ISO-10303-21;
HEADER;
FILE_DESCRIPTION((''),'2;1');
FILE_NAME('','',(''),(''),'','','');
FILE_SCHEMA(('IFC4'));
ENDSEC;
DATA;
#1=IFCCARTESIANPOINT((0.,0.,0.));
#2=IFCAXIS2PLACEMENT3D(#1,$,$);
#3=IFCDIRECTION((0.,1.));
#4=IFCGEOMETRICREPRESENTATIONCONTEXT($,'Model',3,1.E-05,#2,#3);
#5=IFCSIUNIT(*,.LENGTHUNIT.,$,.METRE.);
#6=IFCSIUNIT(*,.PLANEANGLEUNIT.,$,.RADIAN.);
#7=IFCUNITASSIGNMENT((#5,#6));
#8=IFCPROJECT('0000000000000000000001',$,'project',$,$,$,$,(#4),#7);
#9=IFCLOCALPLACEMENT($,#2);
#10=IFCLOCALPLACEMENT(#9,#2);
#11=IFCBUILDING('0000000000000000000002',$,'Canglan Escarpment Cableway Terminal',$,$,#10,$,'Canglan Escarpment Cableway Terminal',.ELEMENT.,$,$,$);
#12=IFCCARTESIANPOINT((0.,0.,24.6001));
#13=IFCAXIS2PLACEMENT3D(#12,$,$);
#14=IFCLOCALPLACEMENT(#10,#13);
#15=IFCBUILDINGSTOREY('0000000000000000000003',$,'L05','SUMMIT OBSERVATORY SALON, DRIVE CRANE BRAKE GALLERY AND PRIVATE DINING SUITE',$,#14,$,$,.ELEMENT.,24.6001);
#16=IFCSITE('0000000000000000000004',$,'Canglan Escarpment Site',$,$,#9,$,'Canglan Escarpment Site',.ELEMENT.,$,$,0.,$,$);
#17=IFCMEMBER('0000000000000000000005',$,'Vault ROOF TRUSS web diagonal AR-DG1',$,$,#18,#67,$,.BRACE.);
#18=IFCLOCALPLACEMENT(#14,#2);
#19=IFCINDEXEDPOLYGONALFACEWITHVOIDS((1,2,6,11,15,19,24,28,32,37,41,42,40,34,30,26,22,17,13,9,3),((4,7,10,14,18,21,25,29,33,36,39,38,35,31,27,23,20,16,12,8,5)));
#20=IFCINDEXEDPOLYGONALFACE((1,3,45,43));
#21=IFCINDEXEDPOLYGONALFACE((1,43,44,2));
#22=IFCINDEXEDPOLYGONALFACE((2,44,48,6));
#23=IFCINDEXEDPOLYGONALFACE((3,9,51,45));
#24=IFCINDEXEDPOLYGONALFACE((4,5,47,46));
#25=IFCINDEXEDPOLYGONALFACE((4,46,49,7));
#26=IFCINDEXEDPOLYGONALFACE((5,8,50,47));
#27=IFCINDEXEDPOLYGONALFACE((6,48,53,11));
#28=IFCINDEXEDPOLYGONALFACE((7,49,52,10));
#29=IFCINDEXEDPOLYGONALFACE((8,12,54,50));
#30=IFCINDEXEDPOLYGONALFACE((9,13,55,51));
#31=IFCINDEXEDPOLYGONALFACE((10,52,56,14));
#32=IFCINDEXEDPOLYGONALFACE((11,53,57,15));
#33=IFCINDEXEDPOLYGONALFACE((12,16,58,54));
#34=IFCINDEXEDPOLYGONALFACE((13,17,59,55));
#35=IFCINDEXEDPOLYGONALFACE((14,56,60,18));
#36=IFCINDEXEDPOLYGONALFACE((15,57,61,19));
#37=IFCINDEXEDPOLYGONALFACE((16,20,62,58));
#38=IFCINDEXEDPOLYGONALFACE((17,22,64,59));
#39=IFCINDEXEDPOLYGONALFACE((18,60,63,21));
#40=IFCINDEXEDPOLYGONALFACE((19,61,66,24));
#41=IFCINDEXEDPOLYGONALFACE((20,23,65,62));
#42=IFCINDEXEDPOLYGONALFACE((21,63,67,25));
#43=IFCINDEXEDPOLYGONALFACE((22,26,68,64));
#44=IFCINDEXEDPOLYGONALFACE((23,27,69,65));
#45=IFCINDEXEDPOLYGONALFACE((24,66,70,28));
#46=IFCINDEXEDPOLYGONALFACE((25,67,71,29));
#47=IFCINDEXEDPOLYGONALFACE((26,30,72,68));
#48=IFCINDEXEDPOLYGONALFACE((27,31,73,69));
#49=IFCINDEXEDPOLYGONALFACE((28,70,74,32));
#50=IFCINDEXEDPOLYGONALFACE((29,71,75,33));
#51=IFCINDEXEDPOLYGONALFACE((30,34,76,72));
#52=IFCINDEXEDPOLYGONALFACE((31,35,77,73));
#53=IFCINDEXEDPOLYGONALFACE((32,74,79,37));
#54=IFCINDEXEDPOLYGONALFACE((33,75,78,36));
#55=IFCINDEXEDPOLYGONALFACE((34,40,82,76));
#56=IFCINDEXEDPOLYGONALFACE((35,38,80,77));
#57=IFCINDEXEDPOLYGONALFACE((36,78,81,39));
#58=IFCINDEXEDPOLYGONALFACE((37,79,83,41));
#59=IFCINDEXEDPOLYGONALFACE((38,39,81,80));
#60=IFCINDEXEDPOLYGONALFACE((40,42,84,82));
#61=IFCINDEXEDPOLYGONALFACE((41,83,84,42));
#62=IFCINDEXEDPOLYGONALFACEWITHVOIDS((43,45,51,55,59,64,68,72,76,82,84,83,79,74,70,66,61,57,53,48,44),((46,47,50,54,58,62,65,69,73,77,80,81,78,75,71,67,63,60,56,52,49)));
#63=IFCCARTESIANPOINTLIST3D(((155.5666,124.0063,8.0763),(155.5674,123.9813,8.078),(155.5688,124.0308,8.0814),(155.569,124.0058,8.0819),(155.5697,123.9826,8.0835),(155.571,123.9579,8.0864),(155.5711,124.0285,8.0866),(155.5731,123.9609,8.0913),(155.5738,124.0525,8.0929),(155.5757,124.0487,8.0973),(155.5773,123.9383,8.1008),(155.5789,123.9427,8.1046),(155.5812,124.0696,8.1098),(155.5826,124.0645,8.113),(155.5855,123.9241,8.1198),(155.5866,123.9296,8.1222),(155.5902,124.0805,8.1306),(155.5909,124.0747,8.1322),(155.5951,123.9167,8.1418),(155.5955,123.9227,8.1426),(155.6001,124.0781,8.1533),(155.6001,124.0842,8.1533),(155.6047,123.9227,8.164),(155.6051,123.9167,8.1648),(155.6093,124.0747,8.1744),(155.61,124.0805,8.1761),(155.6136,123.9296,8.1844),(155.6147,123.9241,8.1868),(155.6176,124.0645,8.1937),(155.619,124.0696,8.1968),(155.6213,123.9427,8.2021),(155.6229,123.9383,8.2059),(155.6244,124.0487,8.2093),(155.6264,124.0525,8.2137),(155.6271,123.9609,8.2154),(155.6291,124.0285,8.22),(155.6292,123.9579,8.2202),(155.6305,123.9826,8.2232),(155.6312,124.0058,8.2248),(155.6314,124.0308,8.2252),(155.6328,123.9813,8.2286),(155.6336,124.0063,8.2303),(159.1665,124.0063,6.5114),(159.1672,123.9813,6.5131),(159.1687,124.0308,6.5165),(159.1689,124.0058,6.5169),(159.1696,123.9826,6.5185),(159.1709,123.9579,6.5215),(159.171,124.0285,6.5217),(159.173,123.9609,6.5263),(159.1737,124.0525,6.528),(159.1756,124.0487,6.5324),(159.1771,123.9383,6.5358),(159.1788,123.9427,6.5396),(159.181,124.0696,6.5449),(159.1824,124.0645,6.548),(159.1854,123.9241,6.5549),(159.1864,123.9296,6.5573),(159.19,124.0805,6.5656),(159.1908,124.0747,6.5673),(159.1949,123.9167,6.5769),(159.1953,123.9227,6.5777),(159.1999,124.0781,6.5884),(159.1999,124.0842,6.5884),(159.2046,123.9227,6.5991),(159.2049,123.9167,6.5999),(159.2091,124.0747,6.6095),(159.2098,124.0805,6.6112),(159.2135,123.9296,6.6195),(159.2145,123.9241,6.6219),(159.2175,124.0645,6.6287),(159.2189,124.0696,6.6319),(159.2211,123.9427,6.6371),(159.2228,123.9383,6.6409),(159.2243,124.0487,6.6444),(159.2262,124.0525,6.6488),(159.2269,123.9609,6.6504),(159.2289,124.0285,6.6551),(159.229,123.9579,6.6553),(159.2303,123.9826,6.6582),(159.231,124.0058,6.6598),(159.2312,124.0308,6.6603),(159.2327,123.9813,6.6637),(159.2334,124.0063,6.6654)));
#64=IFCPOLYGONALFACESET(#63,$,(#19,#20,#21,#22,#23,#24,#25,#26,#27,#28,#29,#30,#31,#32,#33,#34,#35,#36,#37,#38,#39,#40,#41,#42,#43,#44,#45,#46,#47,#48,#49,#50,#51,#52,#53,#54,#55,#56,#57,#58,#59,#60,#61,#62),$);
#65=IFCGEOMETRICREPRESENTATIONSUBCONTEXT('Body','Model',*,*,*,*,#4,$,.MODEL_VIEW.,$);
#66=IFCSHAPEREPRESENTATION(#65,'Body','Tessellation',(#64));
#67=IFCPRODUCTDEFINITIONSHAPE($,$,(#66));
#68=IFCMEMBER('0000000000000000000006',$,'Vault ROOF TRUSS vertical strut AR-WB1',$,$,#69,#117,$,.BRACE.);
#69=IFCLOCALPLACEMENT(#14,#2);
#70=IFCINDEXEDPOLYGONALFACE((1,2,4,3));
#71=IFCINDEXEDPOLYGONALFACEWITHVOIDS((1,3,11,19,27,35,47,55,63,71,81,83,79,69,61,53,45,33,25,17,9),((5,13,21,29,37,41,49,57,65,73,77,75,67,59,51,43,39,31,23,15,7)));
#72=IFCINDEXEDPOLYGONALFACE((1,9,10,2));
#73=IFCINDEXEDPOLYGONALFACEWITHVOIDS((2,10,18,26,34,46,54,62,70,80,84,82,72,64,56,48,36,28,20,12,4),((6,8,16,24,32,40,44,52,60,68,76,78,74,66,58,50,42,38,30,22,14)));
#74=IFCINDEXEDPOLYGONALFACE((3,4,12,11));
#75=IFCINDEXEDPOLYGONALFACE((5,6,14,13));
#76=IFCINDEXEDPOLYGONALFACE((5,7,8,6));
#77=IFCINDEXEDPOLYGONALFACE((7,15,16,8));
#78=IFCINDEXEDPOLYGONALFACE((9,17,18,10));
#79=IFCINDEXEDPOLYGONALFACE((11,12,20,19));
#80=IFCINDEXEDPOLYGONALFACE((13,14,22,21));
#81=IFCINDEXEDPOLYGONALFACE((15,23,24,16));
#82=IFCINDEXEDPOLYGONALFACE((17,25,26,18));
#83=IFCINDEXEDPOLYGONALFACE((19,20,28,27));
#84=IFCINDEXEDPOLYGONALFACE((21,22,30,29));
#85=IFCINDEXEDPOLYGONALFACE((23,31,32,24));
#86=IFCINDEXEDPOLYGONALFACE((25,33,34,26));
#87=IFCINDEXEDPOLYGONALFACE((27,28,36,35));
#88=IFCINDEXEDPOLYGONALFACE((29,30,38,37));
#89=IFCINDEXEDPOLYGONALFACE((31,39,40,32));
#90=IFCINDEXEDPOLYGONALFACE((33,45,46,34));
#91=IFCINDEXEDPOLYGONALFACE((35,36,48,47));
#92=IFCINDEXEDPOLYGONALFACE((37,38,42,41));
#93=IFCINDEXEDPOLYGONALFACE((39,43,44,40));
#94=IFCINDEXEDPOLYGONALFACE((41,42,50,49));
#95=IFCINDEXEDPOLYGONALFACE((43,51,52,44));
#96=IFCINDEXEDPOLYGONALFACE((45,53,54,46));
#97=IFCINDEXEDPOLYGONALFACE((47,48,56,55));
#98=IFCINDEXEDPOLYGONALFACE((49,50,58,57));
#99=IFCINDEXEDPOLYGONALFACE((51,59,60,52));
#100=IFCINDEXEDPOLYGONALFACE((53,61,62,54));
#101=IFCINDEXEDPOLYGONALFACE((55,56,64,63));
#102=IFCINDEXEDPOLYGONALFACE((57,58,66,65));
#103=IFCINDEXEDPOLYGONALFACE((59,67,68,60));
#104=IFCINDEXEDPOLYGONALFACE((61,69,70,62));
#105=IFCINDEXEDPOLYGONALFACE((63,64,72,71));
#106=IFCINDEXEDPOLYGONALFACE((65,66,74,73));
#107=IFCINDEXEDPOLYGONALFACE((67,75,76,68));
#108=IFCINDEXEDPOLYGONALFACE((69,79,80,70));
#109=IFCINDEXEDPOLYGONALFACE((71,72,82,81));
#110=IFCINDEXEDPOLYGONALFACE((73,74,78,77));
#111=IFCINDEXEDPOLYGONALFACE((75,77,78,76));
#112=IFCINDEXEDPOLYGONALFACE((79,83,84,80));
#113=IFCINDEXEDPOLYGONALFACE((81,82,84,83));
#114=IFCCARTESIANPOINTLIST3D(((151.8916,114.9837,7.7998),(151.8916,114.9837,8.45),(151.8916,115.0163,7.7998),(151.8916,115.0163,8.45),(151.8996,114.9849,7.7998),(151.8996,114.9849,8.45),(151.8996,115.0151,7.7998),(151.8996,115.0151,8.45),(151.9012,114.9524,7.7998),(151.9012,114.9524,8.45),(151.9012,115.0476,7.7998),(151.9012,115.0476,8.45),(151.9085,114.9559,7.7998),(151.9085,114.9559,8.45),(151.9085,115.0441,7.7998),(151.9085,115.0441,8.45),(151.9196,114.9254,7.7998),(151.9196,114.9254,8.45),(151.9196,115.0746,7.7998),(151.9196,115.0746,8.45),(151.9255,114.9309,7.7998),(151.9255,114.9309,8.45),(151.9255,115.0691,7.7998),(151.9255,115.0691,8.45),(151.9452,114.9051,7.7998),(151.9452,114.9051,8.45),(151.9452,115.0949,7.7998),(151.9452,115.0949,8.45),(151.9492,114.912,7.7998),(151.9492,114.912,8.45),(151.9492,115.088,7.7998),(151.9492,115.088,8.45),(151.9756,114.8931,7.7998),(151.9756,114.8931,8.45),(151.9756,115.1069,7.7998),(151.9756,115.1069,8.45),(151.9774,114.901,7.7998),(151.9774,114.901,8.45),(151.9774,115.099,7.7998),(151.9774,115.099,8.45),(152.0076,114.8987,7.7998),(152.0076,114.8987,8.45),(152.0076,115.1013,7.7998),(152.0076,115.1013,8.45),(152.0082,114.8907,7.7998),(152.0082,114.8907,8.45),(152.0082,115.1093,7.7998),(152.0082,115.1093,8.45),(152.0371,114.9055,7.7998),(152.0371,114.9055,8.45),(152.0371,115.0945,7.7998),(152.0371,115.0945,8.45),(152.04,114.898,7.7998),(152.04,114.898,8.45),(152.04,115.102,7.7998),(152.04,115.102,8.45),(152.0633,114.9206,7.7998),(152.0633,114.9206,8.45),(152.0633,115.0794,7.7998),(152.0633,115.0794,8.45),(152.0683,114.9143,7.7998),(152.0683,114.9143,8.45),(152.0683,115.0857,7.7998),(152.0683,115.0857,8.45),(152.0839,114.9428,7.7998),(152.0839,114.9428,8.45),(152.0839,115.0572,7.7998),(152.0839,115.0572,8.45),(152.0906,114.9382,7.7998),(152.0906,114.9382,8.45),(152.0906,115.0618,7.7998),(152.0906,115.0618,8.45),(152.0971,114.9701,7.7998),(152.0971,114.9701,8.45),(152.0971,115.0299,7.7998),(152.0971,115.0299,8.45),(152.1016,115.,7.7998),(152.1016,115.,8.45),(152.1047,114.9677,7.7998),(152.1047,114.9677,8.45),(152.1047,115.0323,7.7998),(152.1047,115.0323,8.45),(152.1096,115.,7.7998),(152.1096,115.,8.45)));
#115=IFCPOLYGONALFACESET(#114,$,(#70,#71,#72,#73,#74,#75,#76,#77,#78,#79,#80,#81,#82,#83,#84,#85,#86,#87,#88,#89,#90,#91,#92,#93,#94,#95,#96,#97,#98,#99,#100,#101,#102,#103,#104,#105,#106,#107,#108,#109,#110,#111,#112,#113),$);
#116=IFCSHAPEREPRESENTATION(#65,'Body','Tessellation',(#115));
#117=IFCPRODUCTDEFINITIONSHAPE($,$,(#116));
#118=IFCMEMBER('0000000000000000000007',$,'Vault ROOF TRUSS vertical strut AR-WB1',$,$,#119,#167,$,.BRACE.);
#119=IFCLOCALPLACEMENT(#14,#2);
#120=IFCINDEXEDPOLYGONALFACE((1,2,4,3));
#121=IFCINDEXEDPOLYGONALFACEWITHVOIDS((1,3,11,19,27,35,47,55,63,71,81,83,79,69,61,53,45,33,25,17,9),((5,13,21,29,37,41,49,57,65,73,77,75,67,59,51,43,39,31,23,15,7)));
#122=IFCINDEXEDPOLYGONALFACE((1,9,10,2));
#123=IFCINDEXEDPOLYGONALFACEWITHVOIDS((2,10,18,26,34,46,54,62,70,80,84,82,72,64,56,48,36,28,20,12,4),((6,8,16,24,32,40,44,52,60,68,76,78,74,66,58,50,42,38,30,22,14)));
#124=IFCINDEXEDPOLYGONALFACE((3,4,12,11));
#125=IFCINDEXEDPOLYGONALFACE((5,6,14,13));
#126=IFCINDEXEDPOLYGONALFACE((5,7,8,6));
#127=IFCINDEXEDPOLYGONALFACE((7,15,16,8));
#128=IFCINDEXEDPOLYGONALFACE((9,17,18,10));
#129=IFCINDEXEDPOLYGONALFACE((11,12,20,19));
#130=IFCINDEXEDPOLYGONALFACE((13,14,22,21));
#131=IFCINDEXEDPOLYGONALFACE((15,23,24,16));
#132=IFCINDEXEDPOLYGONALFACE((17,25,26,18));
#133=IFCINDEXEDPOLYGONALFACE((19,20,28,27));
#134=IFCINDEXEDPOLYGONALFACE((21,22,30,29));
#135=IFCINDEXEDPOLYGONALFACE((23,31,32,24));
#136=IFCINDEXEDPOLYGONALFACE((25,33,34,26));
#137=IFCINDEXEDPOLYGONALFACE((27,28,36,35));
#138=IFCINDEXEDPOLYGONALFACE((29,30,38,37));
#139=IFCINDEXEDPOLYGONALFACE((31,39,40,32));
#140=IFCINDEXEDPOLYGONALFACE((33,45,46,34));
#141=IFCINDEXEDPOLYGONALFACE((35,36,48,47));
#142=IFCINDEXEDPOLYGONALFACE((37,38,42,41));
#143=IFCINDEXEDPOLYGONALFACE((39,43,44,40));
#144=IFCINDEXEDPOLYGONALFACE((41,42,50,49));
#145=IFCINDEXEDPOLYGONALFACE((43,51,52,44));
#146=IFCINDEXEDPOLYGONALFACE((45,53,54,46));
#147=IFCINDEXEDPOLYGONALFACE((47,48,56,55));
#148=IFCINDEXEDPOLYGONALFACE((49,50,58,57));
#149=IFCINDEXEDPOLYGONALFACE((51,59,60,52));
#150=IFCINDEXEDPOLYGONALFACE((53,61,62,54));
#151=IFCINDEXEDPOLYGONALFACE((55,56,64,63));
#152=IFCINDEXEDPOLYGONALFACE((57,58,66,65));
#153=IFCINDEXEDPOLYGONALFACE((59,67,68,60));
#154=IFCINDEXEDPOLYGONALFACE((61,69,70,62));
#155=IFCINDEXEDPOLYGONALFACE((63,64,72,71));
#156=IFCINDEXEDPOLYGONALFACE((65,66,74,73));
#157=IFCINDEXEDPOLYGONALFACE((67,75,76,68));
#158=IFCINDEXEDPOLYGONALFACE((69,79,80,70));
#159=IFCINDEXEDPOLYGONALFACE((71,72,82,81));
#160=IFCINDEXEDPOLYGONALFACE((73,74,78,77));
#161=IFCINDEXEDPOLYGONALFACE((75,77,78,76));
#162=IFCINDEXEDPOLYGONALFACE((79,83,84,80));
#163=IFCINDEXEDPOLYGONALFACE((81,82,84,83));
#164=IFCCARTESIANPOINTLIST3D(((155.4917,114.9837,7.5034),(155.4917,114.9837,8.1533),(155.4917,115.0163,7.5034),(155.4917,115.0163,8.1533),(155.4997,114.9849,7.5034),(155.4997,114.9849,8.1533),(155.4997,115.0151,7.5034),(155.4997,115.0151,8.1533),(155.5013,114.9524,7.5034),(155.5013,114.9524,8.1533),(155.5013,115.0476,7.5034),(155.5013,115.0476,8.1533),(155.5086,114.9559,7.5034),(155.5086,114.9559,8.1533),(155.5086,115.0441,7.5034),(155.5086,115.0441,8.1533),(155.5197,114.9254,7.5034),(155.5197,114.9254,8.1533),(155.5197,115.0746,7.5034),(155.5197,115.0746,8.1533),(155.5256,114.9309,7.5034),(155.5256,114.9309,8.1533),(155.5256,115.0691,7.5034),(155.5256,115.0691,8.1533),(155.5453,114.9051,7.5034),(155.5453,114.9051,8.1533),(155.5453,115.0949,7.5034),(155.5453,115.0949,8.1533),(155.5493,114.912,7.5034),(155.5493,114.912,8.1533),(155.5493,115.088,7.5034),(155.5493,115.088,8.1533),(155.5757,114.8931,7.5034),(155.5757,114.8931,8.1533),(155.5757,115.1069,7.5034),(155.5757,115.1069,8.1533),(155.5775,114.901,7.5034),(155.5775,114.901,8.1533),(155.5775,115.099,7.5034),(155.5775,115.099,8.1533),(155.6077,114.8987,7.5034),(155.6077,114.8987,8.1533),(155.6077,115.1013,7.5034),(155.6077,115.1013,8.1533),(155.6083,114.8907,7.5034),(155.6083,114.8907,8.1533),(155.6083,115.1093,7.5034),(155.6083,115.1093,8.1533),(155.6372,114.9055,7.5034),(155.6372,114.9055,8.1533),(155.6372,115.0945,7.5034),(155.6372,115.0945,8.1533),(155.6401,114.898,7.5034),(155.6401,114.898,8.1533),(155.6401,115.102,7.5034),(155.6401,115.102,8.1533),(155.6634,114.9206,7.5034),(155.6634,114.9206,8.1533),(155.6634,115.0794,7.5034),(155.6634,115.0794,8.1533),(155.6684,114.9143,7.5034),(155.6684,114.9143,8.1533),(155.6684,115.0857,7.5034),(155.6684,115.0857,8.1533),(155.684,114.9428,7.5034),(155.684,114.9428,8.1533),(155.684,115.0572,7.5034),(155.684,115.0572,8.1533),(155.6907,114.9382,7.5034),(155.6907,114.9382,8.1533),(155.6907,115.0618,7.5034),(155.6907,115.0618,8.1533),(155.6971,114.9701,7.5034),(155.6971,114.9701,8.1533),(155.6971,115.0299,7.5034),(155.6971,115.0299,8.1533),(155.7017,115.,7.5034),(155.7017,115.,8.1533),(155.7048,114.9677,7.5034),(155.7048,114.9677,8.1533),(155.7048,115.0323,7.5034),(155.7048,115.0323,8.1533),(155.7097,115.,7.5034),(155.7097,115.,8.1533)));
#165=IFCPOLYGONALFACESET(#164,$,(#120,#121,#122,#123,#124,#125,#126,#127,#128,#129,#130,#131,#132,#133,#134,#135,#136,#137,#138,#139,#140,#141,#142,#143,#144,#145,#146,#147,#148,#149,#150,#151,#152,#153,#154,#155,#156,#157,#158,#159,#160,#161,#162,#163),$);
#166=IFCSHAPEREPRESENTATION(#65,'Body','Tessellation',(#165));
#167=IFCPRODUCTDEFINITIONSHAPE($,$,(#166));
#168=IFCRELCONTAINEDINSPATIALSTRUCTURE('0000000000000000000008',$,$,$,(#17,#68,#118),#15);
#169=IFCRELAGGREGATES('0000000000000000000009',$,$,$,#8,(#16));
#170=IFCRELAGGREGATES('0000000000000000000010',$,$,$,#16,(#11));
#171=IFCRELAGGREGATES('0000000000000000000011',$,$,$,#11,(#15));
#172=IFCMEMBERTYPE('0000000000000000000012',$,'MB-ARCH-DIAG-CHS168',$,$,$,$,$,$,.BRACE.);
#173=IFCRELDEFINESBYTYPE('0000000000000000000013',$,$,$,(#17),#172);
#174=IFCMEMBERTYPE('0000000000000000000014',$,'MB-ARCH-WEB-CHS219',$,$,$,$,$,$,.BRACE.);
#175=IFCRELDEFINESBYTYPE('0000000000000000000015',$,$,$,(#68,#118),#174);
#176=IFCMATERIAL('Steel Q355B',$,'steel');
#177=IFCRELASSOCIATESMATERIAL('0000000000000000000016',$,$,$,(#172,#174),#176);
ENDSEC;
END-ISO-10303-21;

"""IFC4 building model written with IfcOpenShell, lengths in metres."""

from ifc_helpers import new_model, si_unit, direction, frame, origin, origin_2d, place, context, subcontext, project, spatial, hollow_circle, extrude, material, material_profile, profile_set, type_object, element, save


model = new_model("IFC4")

# Units and contexts
model_context = context("Model", 3, precision=1e-05, world=origin(), true_north=direction((0.0, 1.0)))
body_context = subcontext(model_context, "Body", "Model", "MODEL_VIEW")
ifc_project = project(units=[si_unit("LENGTHUNIT", "METRE"), si_unit("PLANEANGLEUNIT", "RADIAN")], contexts=[model_context])

# Site, building, storey
site_placement = place(None, origin())
site = spatial("IfcSite", under=ifc_project, at=site_placement, Name="Canglan Escarpment Site", LongName="Canglan Escarpment Site", CompositionType="ELEMENT", RefElevation=0.0)
building_placement = place(site_placement, origin())
building = spatial("IfcBuilding", under=site, at=building_placement, Name="Canglan Escarpment Cableway Terminal", LongName="Canglan Escarpment Cableway Terminal", CompositionType="ELEMENT")
storey_placement = place(building_placement, frame((0.0, 0.0, 24.6001)))
storey = spatial("IfcBuildingStorey", under=building, at=storey_placement, Name="L05", Description="SUMMIT OBSERVATORY SALON, DRIVE CRANE BRAKE GALLERY AND PRIVATE DINING SUITE", CompositionType="ELEMENT", Elevation=24.6001)

# Shared definitions
ifc_material = material(Name="Steel Q355B", Category="steel")

# Members
ifc_material_profile_1 = material_profile(ifc_material, hollow_circle(Radius=0.0842, WallThickness=0.0061, at=origin_2d()), Name="CHS 168.3x6")
ifc_profile_set_1 = profile_set([ifc_material_profile_1], Name="Steel Q355B")
member_type_1 = type_object("IfcMemberType", Name="MB-ARCH-DIAG-CHS168", PredefinedType="BRACE", material=ifc_profile_set_1)
member_1_placement = place(storey_placement, frame((155.6001, 124.0, 8.1533), z_axis=(0.91709, 0.0, -0.398681), x_axis=(0.0, 1.0, 0.0)))
element("IfcMember", 1, at=member_1_placement, inside=storey, type_object=member_type_1, Name="Vault ROOF TRUSS web diagonal AR-DG1", PredefinedType="BRACE", context=body_context, shape_type="SweptSolid", body=[
    extrude(hollow_circle(Radius=0.0842, WallThickness=0.0061, at=origin_2d()), origin(), (0.0, 0.0, 1.0), 3.9253),
])
ifc_material_profile_2 = material_profile(ifc_material, hollow_circle(Radius=0.1096, WallThickness=0.0081, at=origin_2d()), Name="CHS 219.1x8")
ifc_profile_set_2 = profile_set([ifc_material_profile_2], Name="Steel Q355B")
member_type_2 = type_object("IfcMemberType", Name="MB-ARCH-WEB-CHS219", PredefinedType="BRACE", material=ifc_profile_set_2)
member_2_placement = place(storey_placement, frame((152.0, 115.0, 7.7998), z_axis=(0.0, 0.0, 1.0), x_axis=(1.0, 0.0, 0.0)))
element("IfcMember", 2, at=member_2_placement, inside=storey, type_object=member_type_2, Name="Vault ROOF TRUSS vertical strut AR-WB1", PredefinedType="BRACE", context=body_context, shape_type="SweptSolid", body=[
    extrude(hollow_circle(Radius=0.1096, WallThickness=0.0081, at=origin_2d()), origin(), (0.0, 0.0, 1.0), 0.6501),
])
for number, where, z_axis, x_axis, name in (
    (3, (155.6001, 115.0, 7.5034), (0.0, 0.0, 1.0), (1.0, 0.0, 0.0), "Vault ROOF TRUSS vertical strut AR-WB1"),
):
    element("IfcMember", number, at=place(storey_placement, frame(where, z_axis=z_axis, x_axis=x_axis)), inside=storey, type_object=member_type_2, Name=name, PredefinedType="BRACE", context=body_context, shape_type="SweptSolid", body=[
        extrude(hollow_circle(Radius=0.1096, WallThickness=0.0081, at=origin_2d()), origin(), (0.0, 0.0, 1.0), 0.6499),
    ])

save(model, "model.ifc")
